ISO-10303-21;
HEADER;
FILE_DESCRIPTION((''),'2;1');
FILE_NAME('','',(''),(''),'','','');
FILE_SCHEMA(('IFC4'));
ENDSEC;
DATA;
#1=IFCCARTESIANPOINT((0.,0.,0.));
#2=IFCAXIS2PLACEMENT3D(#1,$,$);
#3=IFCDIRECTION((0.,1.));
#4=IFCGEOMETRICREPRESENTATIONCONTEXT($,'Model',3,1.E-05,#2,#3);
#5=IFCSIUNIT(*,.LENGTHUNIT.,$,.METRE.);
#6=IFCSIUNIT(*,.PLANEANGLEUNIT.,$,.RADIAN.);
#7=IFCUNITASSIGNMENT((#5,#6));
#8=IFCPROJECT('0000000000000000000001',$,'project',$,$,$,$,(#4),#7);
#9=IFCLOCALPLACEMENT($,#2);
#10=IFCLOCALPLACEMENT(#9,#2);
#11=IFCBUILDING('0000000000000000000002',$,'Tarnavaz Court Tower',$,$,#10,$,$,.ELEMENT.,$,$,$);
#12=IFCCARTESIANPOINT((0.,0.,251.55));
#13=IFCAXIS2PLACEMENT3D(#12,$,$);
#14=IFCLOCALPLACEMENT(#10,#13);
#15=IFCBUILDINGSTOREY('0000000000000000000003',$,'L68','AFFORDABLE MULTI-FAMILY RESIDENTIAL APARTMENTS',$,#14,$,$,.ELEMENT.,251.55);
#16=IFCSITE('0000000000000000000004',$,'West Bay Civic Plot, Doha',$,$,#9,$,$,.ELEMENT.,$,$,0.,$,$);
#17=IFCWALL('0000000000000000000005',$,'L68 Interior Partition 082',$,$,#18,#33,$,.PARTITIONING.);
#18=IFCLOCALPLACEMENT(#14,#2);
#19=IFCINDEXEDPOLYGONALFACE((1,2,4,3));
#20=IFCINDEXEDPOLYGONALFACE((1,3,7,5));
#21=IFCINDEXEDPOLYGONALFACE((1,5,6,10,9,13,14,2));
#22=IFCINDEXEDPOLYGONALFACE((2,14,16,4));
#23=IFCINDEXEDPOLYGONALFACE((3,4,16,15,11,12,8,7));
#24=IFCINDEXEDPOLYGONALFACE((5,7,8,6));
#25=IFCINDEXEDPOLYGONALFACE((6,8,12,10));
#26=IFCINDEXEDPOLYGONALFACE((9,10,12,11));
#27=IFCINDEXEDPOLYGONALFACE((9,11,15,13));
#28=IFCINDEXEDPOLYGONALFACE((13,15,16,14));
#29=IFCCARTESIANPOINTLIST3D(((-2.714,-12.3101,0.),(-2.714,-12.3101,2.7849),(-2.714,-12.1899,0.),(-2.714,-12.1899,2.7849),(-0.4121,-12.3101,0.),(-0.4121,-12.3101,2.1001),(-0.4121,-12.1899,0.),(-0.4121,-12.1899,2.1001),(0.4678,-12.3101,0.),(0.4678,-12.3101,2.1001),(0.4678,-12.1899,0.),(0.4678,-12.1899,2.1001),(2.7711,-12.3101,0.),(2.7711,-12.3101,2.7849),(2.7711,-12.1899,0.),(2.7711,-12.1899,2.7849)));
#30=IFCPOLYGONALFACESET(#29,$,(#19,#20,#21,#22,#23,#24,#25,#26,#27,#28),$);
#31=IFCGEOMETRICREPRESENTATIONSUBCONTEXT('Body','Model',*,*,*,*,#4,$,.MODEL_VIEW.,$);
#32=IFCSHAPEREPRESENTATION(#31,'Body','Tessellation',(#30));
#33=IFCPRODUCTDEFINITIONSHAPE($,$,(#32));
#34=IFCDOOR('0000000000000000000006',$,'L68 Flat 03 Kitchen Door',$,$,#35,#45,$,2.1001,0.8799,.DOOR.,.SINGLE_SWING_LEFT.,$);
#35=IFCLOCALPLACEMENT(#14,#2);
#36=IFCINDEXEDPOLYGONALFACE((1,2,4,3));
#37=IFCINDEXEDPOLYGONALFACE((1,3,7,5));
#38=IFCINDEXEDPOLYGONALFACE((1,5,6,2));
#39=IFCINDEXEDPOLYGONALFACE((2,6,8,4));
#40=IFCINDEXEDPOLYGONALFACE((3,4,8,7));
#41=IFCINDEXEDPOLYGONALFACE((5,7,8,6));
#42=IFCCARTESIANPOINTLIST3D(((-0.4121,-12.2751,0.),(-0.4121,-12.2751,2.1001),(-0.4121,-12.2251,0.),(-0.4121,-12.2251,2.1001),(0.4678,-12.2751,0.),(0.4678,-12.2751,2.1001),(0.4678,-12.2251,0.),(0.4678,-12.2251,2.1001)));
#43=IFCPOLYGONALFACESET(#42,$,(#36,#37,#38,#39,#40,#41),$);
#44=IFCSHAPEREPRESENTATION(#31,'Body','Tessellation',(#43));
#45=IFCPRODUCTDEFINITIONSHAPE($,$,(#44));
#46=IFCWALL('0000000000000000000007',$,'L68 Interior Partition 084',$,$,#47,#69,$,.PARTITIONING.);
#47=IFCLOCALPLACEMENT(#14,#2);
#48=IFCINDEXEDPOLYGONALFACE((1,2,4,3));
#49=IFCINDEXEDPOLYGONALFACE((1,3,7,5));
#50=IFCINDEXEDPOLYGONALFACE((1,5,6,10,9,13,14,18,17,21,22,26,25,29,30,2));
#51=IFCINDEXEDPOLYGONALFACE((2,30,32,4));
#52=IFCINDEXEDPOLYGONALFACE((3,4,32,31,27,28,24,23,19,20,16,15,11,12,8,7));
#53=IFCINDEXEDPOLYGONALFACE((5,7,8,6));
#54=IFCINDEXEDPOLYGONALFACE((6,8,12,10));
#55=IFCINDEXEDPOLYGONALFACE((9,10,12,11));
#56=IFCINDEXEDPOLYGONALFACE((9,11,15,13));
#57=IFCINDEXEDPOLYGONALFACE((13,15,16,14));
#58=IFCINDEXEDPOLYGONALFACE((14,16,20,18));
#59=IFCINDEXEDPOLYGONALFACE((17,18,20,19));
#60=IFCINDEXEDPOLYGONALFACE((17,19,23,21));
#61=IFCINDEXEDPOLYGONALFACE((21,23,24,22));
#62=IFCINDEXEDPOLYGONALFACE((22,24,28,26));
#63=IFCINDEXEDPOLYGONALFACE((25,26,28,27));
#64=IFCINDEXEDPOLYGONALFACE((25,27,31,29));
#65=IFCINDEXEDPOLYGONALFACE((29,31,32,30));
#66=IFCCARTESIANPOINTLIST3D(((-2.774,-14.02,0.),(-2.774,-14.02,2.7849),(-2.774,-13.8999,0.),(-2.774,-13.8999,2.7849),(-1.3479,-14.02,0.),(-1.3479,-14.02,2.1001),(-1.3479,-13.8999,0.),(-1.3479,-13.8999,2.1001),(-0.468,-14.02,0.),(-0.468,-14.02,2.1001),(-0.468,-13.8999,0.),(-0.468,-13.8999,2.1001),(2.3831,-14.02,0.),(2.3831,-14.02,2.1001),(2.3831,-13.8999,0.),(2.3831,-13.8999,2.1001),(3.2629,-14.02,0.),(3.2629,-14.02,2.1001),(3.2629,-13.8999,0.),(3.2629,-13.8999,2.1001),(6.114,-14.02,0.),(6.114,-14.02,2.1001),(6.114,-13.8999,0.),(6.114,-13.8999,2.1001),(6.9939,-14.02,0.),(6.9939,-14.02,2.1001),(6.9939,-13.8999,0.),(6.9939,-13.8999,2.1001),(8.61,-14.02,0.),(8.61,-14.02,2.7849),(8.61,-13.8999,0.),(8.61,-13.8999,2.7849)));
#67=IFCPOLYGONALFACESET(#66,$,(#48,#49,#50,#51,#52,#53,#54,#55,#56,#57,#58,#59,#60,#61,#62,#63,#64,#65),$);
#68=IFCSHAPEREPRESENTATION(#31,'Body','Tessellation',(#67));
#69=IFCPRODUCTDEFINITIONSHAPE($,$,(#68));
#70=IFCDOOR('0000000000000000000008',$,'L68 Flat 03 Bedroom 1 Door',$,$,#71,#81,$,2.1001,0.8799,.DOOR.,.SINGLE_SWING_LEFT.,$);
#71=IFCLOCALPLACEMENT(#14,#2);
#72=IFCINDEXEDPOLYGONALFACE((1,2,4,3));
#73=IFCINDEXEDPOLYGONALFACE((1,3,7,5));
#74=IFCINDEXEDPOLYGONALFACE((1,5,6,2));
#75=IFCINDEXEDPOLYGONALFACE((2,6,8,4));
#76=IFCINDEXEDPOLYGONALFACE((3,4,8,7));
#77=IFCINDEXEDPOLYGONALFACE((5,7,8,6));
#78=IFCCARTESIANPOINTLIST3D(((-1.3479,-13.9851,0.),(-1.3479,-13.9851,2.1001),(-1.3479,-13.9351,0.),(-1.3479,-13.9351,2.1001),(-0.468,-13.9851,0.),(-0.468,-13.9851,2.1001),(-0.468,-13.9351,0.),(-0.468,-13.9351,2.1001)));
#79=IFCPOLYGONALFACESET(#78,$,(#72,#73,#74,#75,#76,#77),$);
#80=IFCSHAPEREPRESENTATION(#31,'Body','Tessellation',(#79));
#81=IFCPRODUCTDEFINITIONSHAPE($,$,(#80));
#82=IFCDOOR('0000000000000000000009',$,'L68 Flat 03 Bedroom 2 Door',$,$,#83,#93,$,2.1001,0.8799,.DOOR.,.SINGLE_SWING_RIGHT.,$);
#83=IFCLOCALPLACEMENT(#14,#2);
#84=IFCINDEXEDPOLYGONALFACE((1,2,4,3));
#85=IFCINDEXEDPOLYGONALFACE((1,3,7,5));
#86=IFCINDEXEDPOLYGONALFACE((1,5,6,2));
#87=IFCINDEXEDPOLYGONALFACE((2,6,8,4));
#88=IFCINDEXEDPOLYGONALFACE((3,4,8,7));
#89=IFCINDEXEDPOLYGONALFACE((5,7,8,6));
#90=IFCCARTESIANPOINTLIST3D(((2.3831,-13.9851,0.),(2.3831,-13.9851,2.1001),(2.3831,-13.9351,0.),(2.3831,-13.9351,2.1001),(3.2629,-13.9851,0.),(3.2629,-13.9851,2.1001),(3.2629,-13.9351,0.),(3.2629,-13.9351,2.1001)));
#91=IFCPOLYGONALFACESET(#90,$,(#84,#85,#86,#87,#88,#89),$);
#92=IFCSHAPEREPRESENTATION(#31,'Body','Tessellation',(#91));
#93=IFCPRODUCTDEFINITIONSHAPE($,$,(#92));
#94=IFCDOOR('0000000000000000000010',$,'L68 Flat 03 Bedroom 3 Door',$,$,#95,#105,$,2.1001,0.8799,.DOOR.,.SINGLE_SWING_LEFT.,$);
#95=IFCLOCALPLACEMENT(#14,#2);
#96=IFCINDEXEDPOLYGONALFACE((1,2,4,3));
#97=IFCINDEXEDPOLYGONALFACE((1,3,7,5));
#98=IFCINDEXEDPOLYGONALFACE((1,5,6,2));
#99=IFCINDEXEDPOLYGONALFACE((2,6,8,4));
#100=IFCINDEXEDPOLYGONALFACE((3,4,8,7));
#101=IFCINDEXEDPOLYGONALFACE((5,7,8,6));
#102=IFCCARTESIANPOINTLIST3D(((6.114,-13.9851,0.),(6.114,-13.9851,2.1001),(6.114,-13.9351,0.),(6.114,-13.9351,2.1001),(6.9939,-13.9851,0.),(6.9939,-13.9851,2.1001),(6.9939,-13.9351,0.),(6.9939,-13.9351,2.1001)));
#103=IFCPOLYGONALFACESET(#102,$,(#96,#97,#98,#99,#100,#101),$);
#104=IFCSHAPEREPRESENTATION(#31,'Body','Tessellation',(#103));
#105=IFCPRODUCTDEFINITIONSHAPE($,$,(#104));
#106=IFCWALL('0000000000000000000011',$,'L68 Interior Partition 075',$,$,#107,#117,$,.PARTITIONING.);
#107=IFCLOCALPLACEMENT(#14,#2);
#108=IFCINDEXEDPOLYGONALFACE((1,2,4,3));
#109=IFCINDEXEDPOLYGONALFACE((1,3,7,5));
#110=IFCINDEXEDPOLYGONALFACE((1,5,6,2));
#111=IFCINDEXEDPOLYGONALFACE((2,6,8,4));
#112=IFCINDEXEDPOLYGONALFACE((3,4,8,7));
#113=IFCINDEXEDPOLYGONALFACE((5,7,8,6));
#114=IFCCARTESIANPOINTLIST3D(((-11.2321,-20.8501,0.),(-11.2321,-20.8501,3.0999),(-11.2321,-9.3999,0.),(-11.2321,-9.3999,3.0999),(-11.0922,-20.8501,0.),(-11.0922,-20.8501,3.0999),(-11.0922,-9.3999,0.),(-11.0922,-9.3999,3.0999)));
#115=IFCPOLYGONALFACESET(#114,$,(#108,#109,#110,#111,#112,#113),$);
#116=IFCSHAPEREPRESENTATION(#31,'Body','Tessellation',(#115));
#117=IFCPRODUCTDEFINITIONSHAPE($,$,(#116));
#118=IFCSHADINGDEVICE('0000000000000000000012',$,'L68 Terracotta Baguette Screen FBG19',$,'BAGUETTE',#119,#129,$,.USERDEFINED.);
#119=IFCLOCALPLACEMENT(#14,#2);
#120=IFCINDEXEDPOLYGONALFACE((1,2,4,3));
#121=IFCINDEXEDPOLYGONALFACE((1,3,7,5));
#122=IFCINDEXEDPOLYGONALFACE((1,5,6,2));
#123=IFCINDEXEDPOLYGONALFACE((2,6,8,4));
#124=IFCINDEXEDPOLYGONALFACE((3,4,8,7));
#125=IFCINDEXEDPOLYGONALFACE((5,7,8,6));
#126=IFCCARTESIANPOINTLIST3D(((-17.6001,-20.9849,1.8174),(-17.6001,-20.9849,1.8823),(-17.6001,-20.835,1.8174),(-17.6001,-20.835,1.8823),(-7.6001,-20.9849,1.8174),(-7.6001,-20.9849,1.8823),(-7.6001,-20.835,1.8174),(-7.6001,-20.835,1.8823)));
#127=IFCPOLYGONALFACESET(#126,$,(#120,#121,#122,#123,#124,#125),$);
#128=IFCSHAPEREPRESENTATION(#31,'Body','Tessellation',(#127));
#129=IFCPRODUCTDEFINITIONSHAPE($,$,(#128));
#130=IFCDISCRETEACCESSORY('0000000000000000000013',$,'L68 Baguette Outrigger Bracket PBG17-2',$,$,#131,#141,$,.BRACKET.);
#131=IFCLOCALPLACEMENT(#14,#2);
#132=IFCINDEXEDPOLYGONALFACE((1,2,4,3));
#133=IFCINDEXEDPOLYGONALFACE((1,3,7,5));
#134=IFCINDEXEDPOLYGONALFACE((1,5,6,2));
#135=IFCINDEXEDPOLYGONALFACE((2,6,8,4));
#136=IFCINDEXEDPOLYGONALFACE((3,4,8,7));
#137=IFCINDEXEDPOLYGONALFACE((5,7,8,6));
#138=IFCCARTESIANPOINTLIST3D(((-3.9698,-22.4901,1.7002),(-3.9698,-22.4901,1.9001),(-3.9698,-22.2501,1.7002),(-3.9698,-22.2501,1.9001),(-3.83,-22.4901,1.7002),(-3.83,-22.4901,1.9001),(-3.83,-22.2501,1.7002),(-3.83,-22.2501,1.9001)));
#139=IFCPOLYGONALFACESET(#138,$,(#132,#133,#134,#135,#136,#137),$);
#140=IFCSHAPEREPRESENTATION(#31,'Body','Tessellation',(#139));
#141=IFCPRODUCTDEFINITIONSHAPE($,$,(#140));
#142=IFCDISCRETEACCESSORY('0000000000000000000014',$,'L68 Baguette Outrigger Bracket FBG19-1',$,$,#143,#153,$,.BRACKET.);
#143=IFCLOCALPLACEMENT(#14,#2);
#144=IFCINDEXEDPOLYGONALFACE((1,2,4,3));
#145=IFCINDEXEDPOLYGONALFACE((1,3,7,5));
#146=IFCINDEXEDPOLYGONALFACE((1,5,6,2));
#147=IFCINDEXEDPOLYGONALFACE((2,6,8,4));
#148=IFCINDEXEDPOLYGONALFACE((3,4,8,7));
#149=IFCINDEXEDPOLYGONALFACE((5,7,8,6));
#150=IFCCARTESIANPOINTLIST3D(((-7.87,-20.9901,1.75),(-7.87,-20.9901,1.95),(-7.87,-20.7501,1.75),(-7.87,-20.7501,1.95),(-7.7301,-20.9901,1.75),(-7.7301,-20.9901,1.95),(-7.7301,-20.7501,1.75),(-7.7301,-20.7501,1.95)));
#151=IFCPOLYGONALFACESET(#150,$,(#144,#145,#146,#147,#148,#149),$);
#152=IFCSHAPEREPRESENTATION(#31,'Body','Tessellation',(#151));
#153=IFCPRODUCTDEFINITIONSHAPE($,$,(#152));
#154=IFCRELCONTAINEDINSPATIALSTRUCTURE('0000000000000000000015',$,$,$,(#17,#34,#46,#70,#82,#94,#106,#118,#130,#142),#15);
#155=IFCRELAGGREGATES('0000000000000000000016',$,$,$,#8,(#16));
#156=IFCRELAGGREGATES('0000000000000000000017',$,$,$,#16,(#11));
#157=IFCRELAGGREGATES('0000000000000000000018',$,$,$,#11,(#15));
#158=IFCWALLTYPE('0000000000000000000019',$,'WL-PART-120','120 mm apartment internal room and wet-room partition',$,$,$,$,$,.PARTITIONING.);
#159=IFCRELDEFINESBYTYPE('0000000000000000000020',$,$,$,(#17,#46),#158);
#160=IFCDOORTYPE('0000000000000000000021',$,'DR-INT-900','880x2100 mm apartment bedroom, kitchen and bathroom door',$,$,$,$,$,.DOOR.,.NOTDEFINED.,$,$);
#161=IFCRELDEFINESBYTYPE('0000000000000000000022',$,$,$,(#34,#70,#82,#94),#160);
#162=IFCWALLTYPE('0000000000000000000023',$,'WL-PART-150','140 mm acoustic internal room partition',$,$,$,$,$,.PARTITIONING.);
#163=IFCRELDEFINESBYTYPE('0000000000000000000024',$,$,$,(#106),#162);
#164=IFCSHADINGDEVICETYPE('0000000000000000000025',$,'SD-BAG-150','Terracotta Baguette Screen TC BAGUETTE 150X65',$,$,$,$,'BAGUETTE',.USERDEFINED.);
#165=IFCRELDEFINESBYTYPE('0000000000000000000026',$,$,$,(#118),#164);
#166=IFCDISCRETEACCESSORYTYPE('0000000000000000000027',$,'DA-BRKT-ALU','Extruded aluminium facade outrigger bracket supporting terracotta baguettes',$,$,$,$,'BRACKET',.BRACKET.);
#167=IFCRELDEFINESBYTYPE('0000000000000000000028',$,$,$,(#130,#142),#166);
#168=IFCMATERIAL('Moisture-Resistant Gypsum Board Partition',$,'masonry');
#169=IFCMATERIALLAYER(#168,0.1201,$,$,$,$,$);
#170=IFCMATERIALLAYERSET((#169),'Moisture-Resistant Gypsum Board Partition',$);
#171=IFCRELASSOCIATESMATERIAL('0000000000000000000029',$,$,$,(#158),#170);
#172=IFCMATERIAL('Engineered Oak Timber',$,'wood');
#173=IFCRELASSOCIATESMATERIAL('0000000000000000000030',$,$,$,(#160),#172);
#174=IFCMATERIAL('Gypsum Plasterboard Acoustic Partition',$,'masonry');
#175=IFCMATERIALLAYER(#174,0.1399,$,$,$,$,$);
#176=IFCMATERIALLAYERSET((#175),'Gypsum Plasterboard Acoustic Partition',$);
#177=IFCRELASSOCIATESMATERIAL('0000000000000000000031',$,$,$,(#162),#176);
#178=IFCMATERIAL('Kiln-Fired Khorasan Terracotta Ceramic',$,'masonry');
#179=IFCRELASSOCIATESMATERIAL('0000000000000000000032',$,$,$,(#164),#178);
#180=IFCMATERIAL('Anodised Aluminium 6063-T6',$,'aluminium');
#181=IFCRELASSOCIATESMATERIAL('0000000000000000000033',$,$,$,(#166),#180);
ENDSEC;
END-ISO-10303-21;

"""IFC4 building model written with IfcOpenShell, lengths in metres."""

from ifc_helpers import new_model, si_unit, direction, frame, frame_2d, origin, origin_2d, place, context, subcontext, project, spatial, rectangle, extrude, material, layer, layer_set, material_profile, profile_set, type_object, element, fill, save


model = new_model("IFC4")

# Units and contexts
model_context = context("Model", 3, precision=1e-05, world=origin(), true_north=direction((0.0, 1.0)))
body_context = subcontext(model_context, "Body", "Model", "MODEL_VIEW")
ifc_project = project(units=[si_unit("LENGTHUNIT", "METRE"), si_unit("PLANEANGLEUNIT", "RADIAN")], contexts=[model_context])

# Site, building, storey
site_placement = place(None, origin())
site = spatial("IfcSite", under=ifc_project, at=site_placement, Name="West Bay Civic Plot, Doha", CompositionType="ELEMENT", RefElevation=0.0)
building_placement = place(site_placement, origin())
building = spatial("IfcBuilding", under=site, at=building_placement, Name="Tarnavaz Court Tower", CompositionType="ELEMENT")
storey_placement = place(building_placement, frame((0.0, 0.0, 251.55)))
storey = spatial("IfcBuildingStorey", under=building, at=storey_placement, Name="L68", Description="AFFORDABLE MULTI-FAMILY RESIDENTIAL APARTMENTS", CompositionType="ELEMENT", Elevation=251.55)

# Shared definitions
ifc_material_1 = material(Name="Anodised Aluminium 6063-T6", Category="aluminium")

# Wall, opening, door
ifc_material_2 = material(Name="Moisture-Resistant Gypsum Board Partition", Category="masonry")
ifc_layer_1 = layer(ifc_material_2, 0.1201)
ifc_layer_set_1 = layer_set([ifc_layer_1], Name="Moisture-Resistant Gypsum Board Partition")
wall_type_1 = type_object("IfcWallType", Name="WL-PART-120", Description="120 mm apartment internal room and wet-room partition", PredefinedType="PARTITIONING", material=ifc_layer_set_1)
ifc_material_3 = material(Name="Engineered Oak Timber", Category="wood")
wall_1_placement = place(storey_placement, frame((-2.7141, -12.25, 0.0), z_axis=(0.0, 0.0, 1.0), x_axis=(1.0, 0.0, 0.0)))
wall_1 = element("IfcWall", 1, at=wall_1_placement, inside=storey, type_object=wall_type_1, Name="L68 Interior Partition 082", PredefinedType="PARTITIONING", context=body_context, shape_type="SweptSolid", body=[
    extrude(rectangle(XDim=5.4851, YDim=0.1201, at=frame_2d((2.7427, 0.0))), origin(), (0.0, 0.0, 1.0), 2.7849),
])
opening_1_placement = place(wall_1_placement, frame((2.302, 0.0, 0.0)))
opening_1 = element("IfcOpeningElement", 2, at=opening_1_placement, cuts=wall_1, PredefinedType="OPENING", context=body_context, shape_type="SweptSolid", body=[
    extrude(rectangle(XDim=0.8799, YDim=2.1001, at=frame_2d((0.4399, 1.05))), frame((0.0, 0.0701, 0.0), z_axis=(0.0, -1.0, 0.0), x_axis=(1.0, 0.0, 0.0)), (0.0, 0.0, 1.0), 0.1401),
])
door_type_1 = type_object("IfcDoorType", Name="DR-INT-900", Description="880x2100 mm apartment bedroom, kitchen and bathroom door", OperationType="NOTDEFINED", PredefinedType="DOOR", material=ifc_material_3)
door_1_placement = place(opening_1_placement, origin())
door_1 = element("IfcDoor", 3, at=door_1_placement, inside=storey, type_object=door_type_1, Name="L68 Flat 03 Kitchen Door", OperationType="SINGLE_SWING_LEFT", OverallHeight=2.1001, OverallWidth=0.8799, PredefinedType="DOOR", context=body_context, shape_type="SweptSolid", body=[
    extrude(rectangle(XDim=0.8799, YDim=2.1001, at=frame_2d((0.4399, 1.05))), frame((0.0, 0.0249, 0.0), z_axis=(0.0, -1.0, 0.0), x_axis=(1.0, 0.0, 0.0)), (0.0, 0.0, 1.0), 0.05),
])
fill(opening_1, door_1)

# Wall, openings, doors
wall_2_placement = place(storey_placement, frame((-2.7739, -13.96, 0.0), z_axis=(0.0, 0.0, 1.0), x_axis=(1.0, 0.0, 0.0)))
wall_2 = element("IfcWall", 4, at=wall_2_placement, inside=storey, type_object=wall_type_1, Name="L68 Interior Partition 084", PredefinedType="PARTITIONING", context=body_context, shape_type="SweptSolid", body=[
    extrude(rectangle(XDim=11.384, YDim=0.1201, at=frame_2d((5.6919, 0.0))), origin(), (0.0, 0.0, 1.0), 2.7849),
])
opening_2_placement = place(wall_2_placement, frame((1.426, 0.0, 0.0)))
opening_2 = element("IfcOpeningElement", 5, at=opening_2_placement, cuts=wall_2, PredefinedType="OPENING", context=body_context, shape_type="SweptSolid", body=[
    extrude(rectangle(XDim=0.8799, YDim=2.1001, at=frame_2d((0.4399, 1.05))), frame((0.0, 0.0701, 0.0), z_axis=(0.0, -1.0, 0.0), x_axis=(1.0, 0.0, 0.0)), (0.0, 0.0, 1.0), 0.1401),
])
opening_3_placement = place(wall_2_placement, frame((5.157, 0.0, 0.0)))
opening_3 = element("IfcOpeningElement", 6, at=opening_3_placement, cuts=wall_2, PredefinedType="OPENING", context=body_context, shape_type="SweptSolid", body=[
    extrude(rectangle(XDim=0.8799, YDim=2.1001, at=frame_2d((0.4399, 1.05))), frame((0.0, 0.0701, 0.0), z_axis=(0.0, -1.0, 0.0), x_axis=(1.0, 0.0, 0.0)), (0.0, 0.0, 1.0), 0.1401),
])
opening_4_placement = place(wall_2_placement, frame((8.8879, 0.0, 0.0)))
opening_4 = element("IfcOpeningElement", 7, at=opening_4_placement, cuts=wall_2, PredefinedType="OPENING", context=body_context, shape_type="SweptSolid", body=[
    extrude(rectangle(XDim=0.8799, YDim=2.1001, at=frame_2d((0.4399, 1.05))), frame((0.0, 0.0701, 0.0), z_axis=(0.0, -1.0, 0.0), x_axis=(1.0, 0.0, 0.0)), (0.0, 0.0, 1.0), 0.1401),
])
door_2_placement = place(opening_2_placement, origin())
door_2 = element("IfcDoor", 8, at=door_2_placement, inside=storey, type_object=door_type_1, Name="L68 Flat 03 Bedroom 1 Door", OperationType="SINGLE_SWING_LEFT", OverallHeight=2.1001, OverallWidth=0.8799, PredefinedType="DOOR", context=body_context, shape_type="SweptSolid", body=[
    extrude(rectangle(XDim=0.8799, YDim=2.1001, at=frame_2d((0.4399, 1.05))), frame((0.0, 0.0249, 0.0), z_axis=(0.0, -1.0, 0.0), x_axis=(1.0, 0.0, 0.0)), (0.0, 0.0, 1.0), 0.05),
])
fill(opening_2, door_2)
door_3_placement = place(opening_3_placement, origin())
door_3 = element("IfcDoor", 9, at=door_3_placement, inside=storey, type_object=door_type_1, Name="L68 Flat 03 Bedroom 2 Door", OperationType="SINGLE_SWING_RIGHT", OverallHeight=2.1001, OverallWidth=0.8799, PredefinedType="DOOR", context=body_context, shape_type="SweptSolid", body=[
    extrude(rectangle(XDim=0.8799, YDim=2.1001, at=frame_2d((0.4399, 1.05))), frame((0.0, 0.0249, 0.0), z_axis=(0.0, -1.0, 0.0), x_axis=(1.0, 0.0, 0.0)), (0.0, 0.0, 1.0), 0.05),
])
fill(opening_3, door_3)
door_4_placement = place(opening_4_placement, origin())
door_4 = element("IfcDoor", 10, at=door_4_placement, inside=storey, type_object=door_type_1, Name="L68 Flat 03 Bedroom 3 Door", OperationType="SINGLE_SWING_LEFT", OverallHeight=2.1001, OverallWidth=0.8799, PredefinedType="DOOR", context=body_context, shape_type="SweptSolid", body=[
    extrude(rectangle(XDim=0.8799, YDim=2.1001, at=frame_2d((0.4399, 1.05))), frame((0.0, 0.0249, 0.0), z_axis=(0.0, -1.0, 0.0), x_axis=(1.0, 0.0, 0.0)), (0.0, 0.0, 1.0), 0.05),
])
fill(opening_4, door_4)

# Wall
ifc_material_4 = material(Name="Gypsum Plasterboard Acoustic Partition", Category="masonry")
ifc_layer_2 = layer(ifc_material_4, 0.1399)
ifc_layer_set_2 = layer_set([ifc_layer_2], Name="Gypsum Plasterboard Acoustic Partition")
wall_type_2 = type_object("IfcWallType", Name="WL-PART-150", Description="140 mm acoustic internal room partition", PredefinedType="PARTITIONING", material=ifc_layer_set_2)
wall_3_placement = place(storey_placement, frame((-11.1621, -20.8501, 0.0), z_axis=(0.0, 0.0, 1.0), x_axis=(0.0, 1.0, 0.0)))
element("IfcWall", 11, at=wall_3_placement, inside=storey, type_object=wall_type_2, Name="L68 Interior Partition 075", PredefinedType="PARTITIONING", context=body_context, shape_type="SweptSolid", body=[
    extrude(rectangle(XDim=11.4502, YDim=0.1399, at=frame_2d((5.7251, 0.0))), origin(), (0.0, 0.0, 1.0), 3.0999),
])

# Shading device
ifc_material_5 = material(Name="Kiln-Fired Khorasan Terracotta Ceramic", Category="masonry")
ifc_material_profile_1 = material_profile(ifc_material_5, rectangle(XDim=0.1499, YDim=0.0649, at=origin_2d()), Name="TC BAGUETTE 150X65")
ifc_profile_set_1 = profile_set([ifc_material_profile_1], Name="Kiln-Fired Khorasan Terracotta Ceramic")
shading_device_type = type_object("IfcShadingDeviceType", Name="SD-BAG-150", Description="Terracotta Baguette Screen TC BAGUETTE 150X65", ElementType="BAGUETTE", PredefinedType="USERDEFINED", material=ifc_profile_set_1)
shading_device_placement = place(storey_placement, frame((-7.6001, -20.9099, 1.8499), z_axis=(-1.0, 0.0, 0.0), x_axis=(0.0, -1.0, 0.0)))
element("IfcShadingDevice", 12, at=shading_device_placement, inside=storey, type_object=shading_device_type, Name="L68 Terracotta Baguette Screen FBG19", ObjectType="BAGUETTE", PredefinedType="USERDEFINED", context=body_context, shape_type="SweptSolid", body=[
    extrude(rectangle(XDim=0.1499, YDim=0.0649, at=origin_2d()), origin(), (0.0, 0.0, 1.0), 10.0),
])

# Discrete accessories
discrete_accessory_type = type_object("IfcDiscreteAccessoryType", Name="DA-BRKT-ALU", Description="Extruded aluminium facade outrigger bracket supporting terracotta baguettes", ElementType="BRACKET", PredefinedType="BRACKET", material=ifc_material_1)
for number, where, z_axis, x_axis, name in (
    (13, (-3.8999, -22.3701, 1.7002), (0.0, 0.0, 1.0), (-1.0, 0.0, 0.0), "L68 Baguette Outrigger Bracket PBG17-2"),
    (14, (-7.8, -20.8701, 1.75), (0.0, 0.0, 1.0), (-1.0, 0.0, 0.0), "L68 Baguette Outrigger Bracket FBG19-1"),
):
    element("IfcDiscreteAccessory", number, at=place(storey_placement, frame(where, z_axis=z_axis, x_axis=x_axis)), inside=storey, type_object=discrete_accessory_type, Name=name, PredefinedType="BRACKET", context=body_context, shape_type="SweptSolid", body=[
        extrude(rectangle(XDim=0.1399, YDim=0.24, at=origin_2d()), origin(), (0.0, 0.0, 1.0), 0.2),
    ])

save(model, "model.ifc")
